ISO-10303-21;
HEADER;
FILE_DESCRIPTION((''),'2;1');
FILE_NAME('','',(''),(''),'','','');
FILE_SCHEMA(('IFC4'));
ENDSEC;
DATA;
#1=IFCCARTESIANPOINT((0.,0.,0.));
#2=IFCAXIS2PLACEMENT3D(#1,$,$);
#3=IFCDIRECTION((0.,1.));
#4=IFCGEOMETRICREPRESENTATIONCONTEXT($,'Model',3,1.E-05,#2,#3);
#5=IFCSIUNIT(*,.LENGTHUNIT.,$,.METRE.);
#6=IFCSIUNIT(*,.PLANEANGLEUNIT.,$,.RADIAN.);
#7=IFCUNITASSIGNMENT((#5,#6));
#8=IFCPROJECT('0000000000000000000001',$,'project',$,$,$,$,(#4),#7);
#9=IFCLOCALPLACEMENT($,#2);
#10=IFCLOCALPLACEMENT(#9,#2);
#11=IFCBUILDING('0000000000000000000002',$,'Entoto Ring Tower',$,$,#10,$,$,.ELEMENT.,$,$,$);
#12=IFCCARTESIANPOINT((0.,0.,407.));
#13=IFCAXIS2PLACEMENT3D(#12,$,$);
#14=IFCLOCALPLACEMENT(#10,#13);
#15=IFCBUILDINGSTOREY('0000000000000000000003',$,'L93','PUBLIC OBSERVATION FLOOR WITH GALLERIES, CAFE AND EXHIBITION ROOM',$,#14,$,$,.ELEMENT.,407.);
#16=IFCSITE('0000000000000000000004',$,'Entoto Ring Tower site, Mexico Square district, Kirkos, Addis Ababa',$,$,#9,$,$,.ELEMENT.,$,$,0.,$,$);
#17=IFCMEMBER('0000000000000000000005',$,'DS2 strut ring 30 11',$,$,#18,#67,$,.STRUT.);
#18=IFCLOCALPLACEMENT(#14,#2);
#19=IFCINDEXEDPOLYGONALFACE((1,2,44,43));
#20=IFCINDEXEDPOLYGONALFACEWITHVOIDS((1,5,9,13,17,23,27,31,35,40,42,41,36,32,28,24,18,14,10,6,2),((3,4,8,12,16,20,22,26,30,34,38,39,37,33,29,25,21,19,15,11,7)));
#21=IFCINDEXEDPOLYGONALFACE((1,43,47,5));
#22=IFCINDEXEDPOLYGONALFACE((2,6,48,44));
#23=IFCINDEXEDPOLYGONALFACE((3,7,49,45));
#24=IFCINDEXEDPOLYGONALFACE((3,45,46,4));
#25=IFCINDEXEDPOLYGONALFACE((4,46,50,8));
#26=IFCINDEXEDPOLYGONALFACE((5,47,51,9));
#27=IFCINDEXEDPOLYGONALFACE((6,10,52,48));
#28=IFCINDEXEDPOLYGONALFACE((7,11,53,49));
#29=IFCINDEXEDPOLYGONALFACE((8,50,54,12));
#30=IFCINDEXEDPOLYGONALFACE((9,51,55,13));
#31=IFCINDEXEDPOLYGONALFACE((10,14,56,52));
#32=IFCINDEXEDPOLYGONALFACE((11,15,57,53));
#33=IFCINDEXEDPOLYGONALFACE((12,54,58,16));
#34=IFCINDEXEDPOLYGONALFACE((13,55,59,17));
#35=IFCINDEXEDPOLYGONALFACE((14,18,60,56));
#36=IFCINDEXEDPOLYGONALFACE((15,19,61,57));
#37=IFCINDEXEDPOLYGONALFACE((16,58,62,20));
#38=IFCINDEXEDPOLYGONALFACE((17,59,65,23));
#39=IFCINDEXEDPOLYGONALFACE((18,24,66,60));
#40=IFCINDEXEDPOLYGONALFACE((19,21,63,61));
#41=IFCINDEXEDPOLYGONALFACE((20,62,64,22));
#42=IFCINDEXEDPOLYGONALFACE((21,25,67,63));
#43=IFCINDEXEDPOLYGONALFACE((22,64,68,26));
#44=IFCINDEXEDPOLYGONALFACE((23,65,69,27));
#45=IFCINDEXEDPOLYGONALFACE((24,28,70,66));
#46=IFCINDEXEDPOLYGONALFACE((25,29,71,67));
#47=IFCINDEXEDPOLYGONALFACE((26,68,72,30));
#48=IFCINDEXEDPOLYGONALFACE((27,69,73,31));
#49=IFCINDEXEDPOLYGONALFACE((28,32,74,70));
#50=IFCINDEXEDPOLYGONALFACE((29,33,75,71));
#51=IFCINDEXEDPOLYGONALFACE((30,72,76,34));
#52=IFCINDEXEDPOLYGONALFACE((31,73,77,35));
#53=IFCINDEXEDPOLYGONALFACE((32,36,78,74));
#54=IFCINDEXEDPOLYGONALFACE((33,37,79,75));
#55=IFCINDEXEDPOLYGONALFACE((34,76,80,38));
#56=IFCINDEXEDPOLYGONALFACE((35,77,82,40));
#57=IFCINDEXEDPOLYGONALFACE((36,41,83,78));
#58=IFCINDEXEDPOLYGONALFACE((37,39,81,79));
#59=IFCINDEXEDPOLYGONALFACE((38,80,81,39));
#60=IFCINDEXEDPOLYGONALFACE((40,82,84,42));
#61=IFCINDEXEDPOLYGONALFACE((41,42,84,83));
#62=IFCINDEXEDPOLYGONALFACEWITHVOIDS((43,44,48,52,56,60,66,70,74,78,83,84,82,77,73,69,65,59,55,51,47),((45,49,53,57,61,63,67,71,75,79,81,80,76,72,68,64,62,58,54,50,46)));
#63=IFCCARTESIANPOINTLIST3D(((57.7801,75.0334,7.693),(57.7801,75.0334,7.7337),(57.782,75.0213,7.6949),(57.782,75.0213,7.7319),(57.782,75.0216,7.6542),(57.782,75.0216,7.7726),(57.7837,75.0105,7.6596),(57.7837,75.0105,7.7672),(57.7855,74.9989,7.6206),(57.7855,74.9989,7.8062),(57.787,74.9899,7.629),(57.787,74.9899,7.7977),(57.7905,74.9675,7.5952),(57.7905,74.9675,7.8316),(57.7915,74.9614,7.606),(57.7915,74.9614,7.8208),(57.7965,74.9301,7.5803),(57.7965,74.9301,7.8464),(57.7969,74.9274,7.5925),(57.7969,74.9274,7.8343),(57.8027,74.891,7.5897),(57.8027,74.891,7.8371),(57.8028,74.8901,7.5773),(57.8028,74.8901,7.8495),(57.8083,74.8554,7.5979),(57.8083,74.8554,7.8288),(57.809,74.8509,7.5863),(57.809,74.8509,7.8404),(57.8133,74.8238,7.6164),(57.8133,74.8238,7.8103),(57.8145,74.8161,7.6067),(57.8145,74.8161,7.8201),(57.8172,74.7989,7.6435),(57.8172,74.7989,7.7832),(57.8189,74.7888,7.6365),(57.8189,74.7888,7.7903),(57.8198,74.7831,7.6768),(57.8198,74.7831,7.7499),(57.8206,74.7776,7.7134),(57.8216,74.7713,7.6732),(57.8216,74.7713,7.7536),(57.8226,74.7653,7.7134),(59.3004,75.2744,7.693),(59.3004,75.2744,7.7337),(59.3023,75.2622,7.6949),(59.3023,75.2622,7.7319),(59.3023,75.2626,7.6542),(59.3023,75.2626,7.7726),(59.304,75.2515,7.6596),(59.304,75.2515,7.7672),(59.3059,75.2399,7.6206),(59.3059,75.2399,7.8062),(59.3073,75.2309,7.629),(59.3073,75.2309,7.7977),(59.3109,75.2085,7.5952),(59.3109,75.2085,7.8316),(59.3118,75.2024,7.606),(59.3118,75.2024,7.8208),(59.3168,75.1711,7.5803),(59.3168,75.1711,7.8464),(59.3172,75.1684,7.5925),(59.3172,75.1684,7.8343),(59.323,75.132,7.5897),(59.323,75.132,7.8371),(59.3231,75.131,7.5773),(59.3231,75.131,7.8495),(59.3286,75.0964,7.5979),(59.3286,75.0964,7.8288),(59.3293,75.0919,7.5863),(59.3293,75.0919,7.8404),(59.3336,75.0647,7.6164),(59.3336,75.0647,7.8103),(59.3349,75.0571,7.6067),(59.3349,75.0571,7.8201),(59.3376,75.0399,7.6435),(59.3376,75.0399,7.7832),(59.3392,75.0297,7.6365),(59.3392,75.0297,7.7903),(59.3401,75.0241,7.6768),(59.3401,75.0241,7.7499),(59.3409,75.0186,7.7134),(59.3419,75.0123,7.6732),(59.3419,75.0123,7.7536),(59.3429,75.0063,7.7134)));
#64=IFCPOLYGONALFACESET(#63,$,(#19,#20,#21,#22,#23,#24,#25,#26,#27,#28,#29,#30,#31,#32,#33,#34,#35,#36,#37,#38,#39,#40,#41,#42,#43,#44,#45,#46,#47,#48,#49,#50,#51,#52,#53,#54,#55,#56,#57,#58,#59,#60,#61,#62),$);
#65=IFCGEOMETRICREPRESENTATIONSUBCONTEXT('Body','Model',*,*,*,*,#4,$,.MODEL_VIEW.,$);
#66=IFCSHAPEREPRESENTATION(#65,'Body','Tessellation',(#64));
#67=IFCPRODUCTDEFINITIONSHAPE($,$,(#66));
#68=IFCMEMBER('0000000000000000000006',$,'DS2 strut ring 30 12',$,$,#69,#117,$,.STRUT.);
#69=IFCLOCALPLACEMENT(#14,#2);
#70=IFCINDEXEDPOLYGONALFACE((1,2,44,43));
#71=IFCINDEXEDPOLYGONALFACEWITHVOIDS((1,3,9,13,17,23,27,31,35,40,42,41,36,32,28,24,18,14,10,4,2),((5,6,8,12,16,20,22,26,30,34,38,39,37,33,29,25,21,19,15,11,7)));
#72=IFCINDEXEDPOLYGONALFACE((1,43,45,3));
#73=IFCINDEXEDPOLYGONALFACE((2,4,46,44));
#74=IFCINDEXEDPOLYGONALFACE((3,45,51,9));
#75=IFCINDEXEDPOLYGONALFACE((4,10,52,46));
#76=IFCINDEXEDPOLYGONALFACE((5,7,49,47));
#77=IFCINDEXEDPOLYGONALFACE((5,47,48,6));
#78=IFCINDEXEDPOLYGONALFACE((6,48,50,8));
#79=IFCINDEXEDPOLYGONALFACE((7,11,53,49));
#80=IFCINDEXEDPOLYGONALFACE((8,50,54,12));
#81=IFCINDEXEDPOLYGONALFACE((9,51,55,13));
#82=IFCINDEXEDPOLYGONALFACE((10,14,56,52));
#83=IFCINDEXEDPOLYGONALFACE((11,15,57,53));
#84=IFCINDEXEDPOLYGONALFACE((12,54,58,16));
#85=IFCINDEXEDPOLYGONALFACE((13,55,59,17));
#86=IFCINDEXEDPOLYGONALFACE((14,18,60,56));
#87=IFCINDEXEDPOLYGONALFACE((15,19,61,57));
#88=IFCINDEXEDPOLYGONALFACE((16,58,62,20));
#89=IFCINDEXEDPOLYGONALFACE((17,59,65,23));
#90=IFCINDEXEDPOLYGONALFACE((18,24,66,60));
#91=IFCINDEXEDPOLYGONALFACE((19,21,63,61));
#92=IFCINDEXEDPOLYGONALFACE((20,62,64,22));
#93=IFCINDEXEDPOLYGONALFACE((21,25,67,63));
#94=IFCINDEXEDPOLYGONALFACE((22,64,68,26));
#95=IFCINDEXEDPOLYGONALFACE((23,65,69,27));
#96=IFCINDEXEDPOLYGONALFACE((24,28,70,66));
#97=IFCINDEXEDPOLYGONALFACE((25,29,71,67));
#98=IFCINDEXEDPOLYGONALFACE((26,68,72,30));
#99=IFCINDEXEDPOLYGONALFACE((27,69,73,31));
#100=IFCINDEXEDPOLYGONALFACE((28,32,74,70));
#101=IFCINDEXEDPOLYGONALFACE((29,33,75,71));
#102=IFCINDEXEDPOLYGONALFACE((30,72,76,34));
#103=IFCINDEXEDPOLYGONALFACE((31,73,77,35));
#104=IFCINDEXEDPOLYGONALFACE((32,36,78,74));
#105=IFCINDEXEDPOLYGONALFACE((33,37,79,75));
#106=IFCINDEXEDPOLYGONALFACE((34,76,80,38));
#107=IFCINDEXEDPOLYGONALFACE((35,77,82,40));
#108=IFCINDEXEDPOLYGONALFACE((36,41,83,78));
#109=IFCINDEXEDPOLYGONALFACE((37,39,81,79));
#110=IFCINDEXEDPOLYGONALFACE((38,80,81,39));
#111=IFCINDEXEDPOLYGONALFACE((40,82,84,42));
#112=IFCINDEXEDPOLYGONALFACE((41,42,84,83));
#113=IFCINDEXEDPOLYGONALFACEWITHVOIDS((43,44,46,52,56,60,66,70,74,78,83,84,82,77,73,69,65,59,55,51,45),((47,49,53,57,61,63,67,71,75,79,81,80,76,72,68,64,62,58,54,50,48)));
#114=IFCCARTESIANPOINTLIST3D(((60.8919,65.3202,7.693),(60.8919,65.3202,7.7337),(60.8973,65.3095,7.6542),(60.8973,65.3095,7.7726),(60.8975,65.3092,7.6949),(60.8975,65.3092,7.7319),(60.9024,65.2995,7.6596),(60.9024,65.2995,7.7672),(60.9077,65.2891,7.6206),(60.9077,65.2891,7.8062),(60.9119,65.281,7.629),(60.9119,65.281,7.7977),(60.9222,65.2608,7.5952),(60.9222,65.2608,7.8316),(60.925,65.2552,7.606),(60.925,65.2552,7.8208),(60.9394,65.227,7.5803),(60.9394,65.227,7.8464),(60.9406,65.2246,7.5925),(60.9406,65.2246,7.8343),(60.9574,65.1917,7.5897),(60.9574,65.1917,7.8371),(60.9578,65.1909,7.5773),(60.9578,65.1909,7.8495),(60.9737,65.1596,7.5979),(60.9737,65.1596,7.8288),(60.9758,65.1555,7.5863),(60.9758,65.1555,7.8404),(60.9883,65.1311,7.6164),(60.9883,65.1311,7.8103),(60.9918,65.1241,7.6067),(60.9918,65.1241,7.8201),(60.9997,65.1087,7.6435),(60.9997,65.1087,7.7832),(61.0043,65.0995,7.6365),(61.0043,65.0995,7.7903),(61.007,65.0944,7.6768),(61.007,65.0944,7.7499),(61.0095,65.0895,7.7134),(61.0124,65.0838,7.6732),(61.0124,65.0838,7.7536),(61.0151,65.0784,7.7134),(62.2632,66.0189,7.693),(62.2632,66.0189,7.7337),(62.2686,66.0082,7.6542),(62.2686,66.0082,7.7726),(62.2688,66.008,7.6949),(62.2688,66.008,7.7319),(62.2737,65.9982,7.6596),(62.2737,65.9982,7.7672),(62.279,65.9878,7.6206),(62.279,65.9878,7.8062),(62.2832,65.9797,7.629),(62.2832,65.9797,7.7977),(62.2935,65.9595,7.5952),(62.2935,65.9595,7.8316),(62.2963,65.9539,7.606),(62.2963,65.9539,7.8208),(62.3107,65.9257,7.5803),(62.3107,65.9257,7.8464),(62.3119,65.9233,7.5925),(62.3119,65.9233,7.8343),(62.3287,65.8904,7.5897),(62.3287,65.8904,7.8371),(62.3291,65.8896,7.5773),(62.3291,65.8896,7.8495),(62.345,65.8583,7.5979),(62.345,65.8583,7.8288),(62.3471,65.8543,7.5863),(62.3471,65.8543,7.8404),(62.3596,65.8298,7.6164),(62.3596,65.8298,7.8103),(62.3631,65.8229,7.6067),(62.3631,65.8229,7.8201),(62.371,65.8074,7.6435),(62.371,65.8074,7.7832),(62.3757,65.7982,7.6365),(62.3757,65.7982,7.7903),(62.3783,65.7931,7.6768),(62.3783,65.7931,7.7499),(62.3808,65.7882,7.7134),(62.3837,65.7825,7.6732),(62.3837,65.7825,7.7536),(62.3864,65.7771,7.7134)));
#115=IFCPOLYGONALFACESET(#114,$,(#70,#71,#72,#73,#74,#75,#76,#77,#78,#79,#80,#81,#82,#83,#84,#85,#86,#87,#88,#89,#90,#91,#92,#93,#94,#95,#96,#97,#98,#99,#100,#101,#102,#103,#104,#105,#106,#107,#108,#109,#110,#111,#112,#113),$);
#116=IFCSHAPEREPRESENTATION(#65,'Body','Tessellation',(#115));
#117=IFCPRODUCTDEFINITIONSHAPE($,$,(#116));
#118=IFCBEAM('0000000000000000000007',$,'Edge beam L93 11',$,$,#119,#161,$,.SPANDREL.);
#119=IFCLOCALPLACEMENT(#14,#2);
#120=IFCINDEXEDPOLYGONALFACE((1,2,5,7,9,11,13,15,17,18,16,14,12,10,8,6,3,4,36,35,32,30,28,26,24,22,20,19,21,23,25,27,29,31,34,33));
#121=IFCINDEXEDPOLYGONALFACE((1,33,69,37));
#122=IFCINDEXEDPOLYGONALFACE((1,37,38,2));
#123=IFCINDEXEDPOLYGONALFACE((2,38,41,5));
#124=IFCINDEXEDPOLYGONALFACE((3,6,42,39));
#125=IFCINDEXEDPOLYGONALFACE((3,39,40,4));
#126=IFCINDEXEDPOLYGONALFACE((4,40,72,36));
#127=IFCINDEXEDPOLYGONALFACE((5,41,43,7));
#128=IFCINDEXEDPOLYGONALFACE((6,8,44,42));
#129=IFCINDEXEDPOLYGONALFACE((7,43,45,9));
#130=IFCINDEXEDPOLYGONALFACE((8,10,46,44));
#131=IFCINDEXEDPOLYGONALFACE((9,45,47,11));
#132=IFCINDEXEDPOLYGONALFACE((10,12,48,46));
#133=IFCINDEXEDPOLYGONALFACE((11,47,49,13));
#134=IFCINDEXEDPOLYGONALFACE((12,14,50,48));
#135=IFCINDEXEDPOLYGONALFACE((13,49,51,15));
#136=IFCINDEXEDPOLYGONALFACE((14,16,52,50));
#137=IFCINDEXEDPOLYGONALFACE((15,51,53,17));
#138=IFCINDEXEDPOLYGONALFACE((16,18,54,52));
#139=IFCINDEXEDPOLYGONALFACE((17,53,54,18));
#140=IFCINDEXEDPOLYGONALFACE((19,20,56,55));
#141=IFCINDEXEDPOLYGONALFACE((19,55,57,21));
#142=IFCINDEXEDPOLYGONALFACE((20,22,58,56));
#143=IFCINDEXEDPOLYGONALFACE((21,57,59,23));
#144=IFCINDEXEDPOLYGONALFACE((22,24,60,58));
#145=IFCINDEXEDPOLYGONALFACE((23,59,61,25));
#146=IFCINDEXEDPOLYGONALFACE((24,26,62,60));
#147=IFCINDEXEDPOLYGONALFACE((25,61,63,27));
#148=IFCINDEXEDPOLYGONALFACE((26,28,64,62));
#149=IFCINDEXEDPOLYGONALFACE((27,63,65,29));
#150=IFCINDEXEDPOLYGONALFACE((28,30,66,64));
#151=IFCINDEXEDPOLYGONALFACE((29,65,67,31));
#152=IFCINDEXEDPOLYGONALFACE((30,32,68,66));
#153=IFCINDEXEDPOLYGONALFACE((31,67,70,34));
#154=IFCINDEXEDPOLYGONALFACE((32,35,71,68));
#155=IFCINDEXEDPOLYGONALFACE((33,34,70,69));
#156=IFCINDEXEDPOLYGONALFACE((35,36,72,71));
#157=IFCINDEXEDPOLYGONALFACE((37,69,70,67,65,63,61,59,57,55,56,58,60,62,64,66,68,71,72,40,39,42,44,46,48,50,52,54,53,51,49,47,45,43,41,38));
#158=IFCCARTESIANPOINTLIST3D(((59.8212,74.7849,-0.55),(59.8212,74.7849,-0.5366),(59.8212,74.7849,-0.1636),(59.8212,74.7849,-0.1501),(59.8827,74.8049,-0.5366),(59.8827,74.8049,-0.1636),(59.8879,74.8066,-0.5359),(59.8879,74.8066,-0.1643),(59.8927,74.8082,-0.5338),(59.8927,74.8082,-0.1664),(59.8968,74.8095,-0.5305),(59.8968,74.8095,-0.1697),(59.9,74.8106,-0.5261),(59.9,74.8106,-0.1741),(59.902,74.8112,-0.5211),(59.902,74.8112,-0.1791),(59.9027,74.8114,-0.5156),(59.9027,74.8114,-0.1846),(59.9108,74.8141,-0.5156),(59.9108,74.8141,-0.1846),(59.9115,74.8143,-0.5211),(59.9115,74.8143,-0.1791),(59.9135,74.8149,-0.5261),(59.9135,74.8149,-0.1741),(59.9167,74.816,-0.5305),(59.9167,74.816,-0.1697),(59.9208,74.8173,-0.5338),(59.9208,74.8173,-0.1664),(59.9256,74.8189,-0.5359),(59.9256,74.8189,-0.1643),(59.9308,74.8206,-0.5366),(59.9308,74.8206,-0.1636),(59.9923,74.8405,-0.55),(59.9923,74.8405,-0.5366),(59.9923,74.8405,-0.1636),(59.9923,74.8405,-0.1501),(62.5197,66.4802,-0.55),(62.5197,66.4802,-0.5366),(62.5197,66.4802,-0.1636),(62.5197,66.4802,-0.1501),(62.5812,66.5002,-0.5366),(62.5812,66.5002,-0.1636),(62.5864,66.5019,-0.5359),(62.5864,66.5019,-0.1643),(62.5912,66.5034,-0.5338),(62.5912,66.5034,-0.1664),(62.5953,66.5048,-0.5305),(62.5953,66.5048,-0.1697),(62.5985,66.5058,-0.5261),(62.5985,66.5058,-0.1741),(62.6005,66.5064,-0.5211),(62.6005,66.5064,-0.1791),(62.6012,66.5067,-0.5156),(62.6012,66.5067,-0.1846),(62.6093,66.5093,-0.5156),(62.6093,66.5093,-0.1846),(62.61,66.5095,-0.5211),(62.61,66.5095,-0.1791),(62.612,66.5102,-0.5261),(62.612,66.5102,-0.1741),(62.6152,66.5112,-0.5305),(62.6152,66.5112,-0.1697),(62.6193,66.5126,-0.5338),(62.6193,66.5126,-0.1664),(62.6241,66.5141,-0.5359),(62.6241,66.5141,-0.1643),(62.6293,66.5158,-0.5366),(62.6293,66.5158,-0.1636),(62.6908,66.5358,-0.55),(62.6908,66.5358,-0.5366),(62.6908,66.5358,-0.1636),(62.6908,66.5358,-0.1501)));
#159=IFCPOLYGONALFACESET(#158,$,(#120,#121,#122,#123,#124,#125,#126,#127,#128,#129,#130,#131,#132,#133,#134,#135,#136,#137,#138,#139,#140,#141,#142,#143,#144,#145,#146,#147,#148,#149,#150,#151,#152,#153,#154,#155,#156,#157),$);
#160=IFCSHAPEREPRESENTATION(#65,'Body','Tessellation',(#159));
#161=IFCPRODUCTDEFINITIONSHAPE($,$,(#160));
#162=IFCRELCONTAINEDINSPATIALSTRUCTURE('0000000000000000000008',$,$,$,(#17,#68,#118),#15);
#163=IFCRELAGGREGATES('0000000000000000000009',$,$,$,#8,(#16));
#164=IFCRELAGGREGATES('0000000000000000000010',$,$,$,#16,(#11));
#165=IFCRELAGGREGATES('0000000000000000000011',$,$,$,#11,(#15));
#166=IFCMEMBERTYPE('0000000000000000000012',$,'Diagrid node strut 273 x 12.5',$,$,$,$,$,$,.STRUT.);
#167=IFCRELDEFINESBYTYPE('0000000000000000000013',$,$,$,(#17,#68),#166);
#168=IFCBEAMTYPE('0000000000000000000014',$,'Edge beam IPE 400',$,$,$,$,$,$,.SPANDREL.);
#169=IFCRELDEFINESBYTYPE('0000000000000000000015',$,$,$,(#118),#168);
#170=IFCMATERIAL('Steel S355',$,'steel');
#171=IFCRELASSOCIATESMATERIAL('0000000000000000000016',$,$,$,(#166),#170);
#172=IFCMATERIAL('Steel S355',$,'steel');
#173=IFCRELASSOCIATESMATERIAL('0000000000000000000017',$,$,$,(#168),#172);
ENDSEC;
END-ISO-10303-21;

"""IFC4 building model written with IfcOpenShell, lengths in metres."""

from ifc_helpers import new_model, si_unit, direction, frame, origin, origin_2d, place, context, subcontext, project, spatial, circle, hollow_circle, i_section, extrude, material, material_profile, profile_set, type_object, element, save


model = new_model("IFC4")

# Units and contexts
model_context = context("Model", 3, precision=1e-05, world=origin(), true_north=direction((0.0, 1.0)))
body_context = subcontext(model_context, "Body", "Model", "MODEL_VIEW")
ifc_project = project(units=[si_unit("LENGTHUNIT", "METRE"), si_unit("PLANEANGLEUNIT", "RADIAN")], contexts=[model_context])

# Site, building, storey
site_placement = place(None, origin())
site = spatial("IfcSite", under=ifc_project, at=site_placement, Name="Entoto Ring Tower site, Mexico Square district, Kirkos, Addis Ababa", CompositionType="ELEMENT", RefElevation=0.0)
building_placement = place(site_placement, origin())
building = spatial("IfcBuilding", under=site, at=building_placement, Name="Entoto Ring Tower", CompositionType="ELEMENT")
storey_placement = place(building_placement, frame((0.0, 0.0, 407.0)))
storey = spatial("IfcBuildingStorey", under=building, at=storey_placement, Name="L93", Description="PUBLIC OBSERVATION FLOOR WITH GALLERIES, CAFE AND EXHIBITION ROOM", CompositionType="ELEMENT", Elevation=407.0)

# Members
ifc_material_1 = material(Name="Steel S355", Category="steel")
ifc_material_profile_1 = material_profile(ifc_material_1, hollow_circle(Radius=0.1365, WallThickness=0.0125, at=origin_2d()), Name="CHS 273 x 12.5")
ifc_material_2 = material(Name="Concrete C60/75", Category="concrete")
ifc_material_profile_2 = material_profile(ifc_material_2, circle(Radius=0.124, at=origin_2d()), Name="Concrete C60/75 infill")
ifc_profile_set_1 = profile_set([ifc_material_profile_1, ifc_material_profile_2], Name="Steel S355")
member_type = type_object("IfcMemberType", Name="Diagrid node strut 273 x 12.5", PredefinedType="STRUT", material=ifc_profile_set_1)
member_1_placement = place(storey_placement, frame((59.3215, 75.1411, 7.7134), z_axis=(-0.98767, -0.156549, 0.0), x_axis=(0.156549, -0.98767, 0.0)))
element("IfcMember", 1, at=member_1_placement, inside=storey, type_object=member_type, Name="DS2 strut ring 30 11", PredefinedType="STRUT", context=body_context, shape_type="SweptSolid", body=[
    extrude(hollow_circle(Radius=0.1365, WallThickness=0.0125, at=origin_2d()), origin(), (0.0, 0.0, 1.0), 1.5393),
])
member_2_placement = place(storey_placement, frame((62.3245, 65.8987, 7.7134), z_axis=(-0.891007, -0.45399, 0.0), x_axis=(0.45399, -0.891007, 0.0)))
element("IfcMember", 2, at=member_2_placement, inside=storey, type_object=member_type, Name="DS2 strut ring 30 12", PredefinedType="STRUT", context=body_context, shape_type="SweptSolid", body=[
    extrude(hollow_circle(Radius=0.1365, WallThickness=0.0125, at=origin_2d()), origin(), (0.0, 0.0, 1.0), 1.5391),
])

# Beam
ifc_material_3 = material(Name="Steel S355", Category="steel")
ifc_material_profile_3 = material_profile(ifc_material_3, i_section(OverallWidth=0.1799, OverallDepth=0.3999, WebThickness=0.0085, FlangeThickness=0.0134, FilletRadius=0.021, at=origin_2d()), Name="IPE 400")
ifc_profile_set_2 = profile_set([ifc_material_profile_3], Name="Steel S355")
beam_type = type_object("IfcBeamType", Name="Edge beam IPE 400", PredefinedType="SPANDREL", material=ifc_profile_set_2)
beam_placement = place(storey_placement, frame((59.9067, 74.8127, -0.3501), z_axis=(0.30903, -0.951052, 0.0), x_axis=(0.951052, 0.30903, 0.0)))
element("IfcBeam", 3, at=beam_placement, inside=storey, type_object=beam_type, Name="Edge beam L93 11", PredefinedType="SPANDREL", context=body_context, shape_type="SweptSolid", body=[
    extrude(i_section(OverallWidth=0.1799, OverallDepth=0.3999, WebThickness=0.0085, FlangeThickness=0.0134, FilletRadius=0.021, at=origin_2d()), origin(), (0.0, 0.0, 1.0), 8.7322),
])

save(model, "model.ifc")
